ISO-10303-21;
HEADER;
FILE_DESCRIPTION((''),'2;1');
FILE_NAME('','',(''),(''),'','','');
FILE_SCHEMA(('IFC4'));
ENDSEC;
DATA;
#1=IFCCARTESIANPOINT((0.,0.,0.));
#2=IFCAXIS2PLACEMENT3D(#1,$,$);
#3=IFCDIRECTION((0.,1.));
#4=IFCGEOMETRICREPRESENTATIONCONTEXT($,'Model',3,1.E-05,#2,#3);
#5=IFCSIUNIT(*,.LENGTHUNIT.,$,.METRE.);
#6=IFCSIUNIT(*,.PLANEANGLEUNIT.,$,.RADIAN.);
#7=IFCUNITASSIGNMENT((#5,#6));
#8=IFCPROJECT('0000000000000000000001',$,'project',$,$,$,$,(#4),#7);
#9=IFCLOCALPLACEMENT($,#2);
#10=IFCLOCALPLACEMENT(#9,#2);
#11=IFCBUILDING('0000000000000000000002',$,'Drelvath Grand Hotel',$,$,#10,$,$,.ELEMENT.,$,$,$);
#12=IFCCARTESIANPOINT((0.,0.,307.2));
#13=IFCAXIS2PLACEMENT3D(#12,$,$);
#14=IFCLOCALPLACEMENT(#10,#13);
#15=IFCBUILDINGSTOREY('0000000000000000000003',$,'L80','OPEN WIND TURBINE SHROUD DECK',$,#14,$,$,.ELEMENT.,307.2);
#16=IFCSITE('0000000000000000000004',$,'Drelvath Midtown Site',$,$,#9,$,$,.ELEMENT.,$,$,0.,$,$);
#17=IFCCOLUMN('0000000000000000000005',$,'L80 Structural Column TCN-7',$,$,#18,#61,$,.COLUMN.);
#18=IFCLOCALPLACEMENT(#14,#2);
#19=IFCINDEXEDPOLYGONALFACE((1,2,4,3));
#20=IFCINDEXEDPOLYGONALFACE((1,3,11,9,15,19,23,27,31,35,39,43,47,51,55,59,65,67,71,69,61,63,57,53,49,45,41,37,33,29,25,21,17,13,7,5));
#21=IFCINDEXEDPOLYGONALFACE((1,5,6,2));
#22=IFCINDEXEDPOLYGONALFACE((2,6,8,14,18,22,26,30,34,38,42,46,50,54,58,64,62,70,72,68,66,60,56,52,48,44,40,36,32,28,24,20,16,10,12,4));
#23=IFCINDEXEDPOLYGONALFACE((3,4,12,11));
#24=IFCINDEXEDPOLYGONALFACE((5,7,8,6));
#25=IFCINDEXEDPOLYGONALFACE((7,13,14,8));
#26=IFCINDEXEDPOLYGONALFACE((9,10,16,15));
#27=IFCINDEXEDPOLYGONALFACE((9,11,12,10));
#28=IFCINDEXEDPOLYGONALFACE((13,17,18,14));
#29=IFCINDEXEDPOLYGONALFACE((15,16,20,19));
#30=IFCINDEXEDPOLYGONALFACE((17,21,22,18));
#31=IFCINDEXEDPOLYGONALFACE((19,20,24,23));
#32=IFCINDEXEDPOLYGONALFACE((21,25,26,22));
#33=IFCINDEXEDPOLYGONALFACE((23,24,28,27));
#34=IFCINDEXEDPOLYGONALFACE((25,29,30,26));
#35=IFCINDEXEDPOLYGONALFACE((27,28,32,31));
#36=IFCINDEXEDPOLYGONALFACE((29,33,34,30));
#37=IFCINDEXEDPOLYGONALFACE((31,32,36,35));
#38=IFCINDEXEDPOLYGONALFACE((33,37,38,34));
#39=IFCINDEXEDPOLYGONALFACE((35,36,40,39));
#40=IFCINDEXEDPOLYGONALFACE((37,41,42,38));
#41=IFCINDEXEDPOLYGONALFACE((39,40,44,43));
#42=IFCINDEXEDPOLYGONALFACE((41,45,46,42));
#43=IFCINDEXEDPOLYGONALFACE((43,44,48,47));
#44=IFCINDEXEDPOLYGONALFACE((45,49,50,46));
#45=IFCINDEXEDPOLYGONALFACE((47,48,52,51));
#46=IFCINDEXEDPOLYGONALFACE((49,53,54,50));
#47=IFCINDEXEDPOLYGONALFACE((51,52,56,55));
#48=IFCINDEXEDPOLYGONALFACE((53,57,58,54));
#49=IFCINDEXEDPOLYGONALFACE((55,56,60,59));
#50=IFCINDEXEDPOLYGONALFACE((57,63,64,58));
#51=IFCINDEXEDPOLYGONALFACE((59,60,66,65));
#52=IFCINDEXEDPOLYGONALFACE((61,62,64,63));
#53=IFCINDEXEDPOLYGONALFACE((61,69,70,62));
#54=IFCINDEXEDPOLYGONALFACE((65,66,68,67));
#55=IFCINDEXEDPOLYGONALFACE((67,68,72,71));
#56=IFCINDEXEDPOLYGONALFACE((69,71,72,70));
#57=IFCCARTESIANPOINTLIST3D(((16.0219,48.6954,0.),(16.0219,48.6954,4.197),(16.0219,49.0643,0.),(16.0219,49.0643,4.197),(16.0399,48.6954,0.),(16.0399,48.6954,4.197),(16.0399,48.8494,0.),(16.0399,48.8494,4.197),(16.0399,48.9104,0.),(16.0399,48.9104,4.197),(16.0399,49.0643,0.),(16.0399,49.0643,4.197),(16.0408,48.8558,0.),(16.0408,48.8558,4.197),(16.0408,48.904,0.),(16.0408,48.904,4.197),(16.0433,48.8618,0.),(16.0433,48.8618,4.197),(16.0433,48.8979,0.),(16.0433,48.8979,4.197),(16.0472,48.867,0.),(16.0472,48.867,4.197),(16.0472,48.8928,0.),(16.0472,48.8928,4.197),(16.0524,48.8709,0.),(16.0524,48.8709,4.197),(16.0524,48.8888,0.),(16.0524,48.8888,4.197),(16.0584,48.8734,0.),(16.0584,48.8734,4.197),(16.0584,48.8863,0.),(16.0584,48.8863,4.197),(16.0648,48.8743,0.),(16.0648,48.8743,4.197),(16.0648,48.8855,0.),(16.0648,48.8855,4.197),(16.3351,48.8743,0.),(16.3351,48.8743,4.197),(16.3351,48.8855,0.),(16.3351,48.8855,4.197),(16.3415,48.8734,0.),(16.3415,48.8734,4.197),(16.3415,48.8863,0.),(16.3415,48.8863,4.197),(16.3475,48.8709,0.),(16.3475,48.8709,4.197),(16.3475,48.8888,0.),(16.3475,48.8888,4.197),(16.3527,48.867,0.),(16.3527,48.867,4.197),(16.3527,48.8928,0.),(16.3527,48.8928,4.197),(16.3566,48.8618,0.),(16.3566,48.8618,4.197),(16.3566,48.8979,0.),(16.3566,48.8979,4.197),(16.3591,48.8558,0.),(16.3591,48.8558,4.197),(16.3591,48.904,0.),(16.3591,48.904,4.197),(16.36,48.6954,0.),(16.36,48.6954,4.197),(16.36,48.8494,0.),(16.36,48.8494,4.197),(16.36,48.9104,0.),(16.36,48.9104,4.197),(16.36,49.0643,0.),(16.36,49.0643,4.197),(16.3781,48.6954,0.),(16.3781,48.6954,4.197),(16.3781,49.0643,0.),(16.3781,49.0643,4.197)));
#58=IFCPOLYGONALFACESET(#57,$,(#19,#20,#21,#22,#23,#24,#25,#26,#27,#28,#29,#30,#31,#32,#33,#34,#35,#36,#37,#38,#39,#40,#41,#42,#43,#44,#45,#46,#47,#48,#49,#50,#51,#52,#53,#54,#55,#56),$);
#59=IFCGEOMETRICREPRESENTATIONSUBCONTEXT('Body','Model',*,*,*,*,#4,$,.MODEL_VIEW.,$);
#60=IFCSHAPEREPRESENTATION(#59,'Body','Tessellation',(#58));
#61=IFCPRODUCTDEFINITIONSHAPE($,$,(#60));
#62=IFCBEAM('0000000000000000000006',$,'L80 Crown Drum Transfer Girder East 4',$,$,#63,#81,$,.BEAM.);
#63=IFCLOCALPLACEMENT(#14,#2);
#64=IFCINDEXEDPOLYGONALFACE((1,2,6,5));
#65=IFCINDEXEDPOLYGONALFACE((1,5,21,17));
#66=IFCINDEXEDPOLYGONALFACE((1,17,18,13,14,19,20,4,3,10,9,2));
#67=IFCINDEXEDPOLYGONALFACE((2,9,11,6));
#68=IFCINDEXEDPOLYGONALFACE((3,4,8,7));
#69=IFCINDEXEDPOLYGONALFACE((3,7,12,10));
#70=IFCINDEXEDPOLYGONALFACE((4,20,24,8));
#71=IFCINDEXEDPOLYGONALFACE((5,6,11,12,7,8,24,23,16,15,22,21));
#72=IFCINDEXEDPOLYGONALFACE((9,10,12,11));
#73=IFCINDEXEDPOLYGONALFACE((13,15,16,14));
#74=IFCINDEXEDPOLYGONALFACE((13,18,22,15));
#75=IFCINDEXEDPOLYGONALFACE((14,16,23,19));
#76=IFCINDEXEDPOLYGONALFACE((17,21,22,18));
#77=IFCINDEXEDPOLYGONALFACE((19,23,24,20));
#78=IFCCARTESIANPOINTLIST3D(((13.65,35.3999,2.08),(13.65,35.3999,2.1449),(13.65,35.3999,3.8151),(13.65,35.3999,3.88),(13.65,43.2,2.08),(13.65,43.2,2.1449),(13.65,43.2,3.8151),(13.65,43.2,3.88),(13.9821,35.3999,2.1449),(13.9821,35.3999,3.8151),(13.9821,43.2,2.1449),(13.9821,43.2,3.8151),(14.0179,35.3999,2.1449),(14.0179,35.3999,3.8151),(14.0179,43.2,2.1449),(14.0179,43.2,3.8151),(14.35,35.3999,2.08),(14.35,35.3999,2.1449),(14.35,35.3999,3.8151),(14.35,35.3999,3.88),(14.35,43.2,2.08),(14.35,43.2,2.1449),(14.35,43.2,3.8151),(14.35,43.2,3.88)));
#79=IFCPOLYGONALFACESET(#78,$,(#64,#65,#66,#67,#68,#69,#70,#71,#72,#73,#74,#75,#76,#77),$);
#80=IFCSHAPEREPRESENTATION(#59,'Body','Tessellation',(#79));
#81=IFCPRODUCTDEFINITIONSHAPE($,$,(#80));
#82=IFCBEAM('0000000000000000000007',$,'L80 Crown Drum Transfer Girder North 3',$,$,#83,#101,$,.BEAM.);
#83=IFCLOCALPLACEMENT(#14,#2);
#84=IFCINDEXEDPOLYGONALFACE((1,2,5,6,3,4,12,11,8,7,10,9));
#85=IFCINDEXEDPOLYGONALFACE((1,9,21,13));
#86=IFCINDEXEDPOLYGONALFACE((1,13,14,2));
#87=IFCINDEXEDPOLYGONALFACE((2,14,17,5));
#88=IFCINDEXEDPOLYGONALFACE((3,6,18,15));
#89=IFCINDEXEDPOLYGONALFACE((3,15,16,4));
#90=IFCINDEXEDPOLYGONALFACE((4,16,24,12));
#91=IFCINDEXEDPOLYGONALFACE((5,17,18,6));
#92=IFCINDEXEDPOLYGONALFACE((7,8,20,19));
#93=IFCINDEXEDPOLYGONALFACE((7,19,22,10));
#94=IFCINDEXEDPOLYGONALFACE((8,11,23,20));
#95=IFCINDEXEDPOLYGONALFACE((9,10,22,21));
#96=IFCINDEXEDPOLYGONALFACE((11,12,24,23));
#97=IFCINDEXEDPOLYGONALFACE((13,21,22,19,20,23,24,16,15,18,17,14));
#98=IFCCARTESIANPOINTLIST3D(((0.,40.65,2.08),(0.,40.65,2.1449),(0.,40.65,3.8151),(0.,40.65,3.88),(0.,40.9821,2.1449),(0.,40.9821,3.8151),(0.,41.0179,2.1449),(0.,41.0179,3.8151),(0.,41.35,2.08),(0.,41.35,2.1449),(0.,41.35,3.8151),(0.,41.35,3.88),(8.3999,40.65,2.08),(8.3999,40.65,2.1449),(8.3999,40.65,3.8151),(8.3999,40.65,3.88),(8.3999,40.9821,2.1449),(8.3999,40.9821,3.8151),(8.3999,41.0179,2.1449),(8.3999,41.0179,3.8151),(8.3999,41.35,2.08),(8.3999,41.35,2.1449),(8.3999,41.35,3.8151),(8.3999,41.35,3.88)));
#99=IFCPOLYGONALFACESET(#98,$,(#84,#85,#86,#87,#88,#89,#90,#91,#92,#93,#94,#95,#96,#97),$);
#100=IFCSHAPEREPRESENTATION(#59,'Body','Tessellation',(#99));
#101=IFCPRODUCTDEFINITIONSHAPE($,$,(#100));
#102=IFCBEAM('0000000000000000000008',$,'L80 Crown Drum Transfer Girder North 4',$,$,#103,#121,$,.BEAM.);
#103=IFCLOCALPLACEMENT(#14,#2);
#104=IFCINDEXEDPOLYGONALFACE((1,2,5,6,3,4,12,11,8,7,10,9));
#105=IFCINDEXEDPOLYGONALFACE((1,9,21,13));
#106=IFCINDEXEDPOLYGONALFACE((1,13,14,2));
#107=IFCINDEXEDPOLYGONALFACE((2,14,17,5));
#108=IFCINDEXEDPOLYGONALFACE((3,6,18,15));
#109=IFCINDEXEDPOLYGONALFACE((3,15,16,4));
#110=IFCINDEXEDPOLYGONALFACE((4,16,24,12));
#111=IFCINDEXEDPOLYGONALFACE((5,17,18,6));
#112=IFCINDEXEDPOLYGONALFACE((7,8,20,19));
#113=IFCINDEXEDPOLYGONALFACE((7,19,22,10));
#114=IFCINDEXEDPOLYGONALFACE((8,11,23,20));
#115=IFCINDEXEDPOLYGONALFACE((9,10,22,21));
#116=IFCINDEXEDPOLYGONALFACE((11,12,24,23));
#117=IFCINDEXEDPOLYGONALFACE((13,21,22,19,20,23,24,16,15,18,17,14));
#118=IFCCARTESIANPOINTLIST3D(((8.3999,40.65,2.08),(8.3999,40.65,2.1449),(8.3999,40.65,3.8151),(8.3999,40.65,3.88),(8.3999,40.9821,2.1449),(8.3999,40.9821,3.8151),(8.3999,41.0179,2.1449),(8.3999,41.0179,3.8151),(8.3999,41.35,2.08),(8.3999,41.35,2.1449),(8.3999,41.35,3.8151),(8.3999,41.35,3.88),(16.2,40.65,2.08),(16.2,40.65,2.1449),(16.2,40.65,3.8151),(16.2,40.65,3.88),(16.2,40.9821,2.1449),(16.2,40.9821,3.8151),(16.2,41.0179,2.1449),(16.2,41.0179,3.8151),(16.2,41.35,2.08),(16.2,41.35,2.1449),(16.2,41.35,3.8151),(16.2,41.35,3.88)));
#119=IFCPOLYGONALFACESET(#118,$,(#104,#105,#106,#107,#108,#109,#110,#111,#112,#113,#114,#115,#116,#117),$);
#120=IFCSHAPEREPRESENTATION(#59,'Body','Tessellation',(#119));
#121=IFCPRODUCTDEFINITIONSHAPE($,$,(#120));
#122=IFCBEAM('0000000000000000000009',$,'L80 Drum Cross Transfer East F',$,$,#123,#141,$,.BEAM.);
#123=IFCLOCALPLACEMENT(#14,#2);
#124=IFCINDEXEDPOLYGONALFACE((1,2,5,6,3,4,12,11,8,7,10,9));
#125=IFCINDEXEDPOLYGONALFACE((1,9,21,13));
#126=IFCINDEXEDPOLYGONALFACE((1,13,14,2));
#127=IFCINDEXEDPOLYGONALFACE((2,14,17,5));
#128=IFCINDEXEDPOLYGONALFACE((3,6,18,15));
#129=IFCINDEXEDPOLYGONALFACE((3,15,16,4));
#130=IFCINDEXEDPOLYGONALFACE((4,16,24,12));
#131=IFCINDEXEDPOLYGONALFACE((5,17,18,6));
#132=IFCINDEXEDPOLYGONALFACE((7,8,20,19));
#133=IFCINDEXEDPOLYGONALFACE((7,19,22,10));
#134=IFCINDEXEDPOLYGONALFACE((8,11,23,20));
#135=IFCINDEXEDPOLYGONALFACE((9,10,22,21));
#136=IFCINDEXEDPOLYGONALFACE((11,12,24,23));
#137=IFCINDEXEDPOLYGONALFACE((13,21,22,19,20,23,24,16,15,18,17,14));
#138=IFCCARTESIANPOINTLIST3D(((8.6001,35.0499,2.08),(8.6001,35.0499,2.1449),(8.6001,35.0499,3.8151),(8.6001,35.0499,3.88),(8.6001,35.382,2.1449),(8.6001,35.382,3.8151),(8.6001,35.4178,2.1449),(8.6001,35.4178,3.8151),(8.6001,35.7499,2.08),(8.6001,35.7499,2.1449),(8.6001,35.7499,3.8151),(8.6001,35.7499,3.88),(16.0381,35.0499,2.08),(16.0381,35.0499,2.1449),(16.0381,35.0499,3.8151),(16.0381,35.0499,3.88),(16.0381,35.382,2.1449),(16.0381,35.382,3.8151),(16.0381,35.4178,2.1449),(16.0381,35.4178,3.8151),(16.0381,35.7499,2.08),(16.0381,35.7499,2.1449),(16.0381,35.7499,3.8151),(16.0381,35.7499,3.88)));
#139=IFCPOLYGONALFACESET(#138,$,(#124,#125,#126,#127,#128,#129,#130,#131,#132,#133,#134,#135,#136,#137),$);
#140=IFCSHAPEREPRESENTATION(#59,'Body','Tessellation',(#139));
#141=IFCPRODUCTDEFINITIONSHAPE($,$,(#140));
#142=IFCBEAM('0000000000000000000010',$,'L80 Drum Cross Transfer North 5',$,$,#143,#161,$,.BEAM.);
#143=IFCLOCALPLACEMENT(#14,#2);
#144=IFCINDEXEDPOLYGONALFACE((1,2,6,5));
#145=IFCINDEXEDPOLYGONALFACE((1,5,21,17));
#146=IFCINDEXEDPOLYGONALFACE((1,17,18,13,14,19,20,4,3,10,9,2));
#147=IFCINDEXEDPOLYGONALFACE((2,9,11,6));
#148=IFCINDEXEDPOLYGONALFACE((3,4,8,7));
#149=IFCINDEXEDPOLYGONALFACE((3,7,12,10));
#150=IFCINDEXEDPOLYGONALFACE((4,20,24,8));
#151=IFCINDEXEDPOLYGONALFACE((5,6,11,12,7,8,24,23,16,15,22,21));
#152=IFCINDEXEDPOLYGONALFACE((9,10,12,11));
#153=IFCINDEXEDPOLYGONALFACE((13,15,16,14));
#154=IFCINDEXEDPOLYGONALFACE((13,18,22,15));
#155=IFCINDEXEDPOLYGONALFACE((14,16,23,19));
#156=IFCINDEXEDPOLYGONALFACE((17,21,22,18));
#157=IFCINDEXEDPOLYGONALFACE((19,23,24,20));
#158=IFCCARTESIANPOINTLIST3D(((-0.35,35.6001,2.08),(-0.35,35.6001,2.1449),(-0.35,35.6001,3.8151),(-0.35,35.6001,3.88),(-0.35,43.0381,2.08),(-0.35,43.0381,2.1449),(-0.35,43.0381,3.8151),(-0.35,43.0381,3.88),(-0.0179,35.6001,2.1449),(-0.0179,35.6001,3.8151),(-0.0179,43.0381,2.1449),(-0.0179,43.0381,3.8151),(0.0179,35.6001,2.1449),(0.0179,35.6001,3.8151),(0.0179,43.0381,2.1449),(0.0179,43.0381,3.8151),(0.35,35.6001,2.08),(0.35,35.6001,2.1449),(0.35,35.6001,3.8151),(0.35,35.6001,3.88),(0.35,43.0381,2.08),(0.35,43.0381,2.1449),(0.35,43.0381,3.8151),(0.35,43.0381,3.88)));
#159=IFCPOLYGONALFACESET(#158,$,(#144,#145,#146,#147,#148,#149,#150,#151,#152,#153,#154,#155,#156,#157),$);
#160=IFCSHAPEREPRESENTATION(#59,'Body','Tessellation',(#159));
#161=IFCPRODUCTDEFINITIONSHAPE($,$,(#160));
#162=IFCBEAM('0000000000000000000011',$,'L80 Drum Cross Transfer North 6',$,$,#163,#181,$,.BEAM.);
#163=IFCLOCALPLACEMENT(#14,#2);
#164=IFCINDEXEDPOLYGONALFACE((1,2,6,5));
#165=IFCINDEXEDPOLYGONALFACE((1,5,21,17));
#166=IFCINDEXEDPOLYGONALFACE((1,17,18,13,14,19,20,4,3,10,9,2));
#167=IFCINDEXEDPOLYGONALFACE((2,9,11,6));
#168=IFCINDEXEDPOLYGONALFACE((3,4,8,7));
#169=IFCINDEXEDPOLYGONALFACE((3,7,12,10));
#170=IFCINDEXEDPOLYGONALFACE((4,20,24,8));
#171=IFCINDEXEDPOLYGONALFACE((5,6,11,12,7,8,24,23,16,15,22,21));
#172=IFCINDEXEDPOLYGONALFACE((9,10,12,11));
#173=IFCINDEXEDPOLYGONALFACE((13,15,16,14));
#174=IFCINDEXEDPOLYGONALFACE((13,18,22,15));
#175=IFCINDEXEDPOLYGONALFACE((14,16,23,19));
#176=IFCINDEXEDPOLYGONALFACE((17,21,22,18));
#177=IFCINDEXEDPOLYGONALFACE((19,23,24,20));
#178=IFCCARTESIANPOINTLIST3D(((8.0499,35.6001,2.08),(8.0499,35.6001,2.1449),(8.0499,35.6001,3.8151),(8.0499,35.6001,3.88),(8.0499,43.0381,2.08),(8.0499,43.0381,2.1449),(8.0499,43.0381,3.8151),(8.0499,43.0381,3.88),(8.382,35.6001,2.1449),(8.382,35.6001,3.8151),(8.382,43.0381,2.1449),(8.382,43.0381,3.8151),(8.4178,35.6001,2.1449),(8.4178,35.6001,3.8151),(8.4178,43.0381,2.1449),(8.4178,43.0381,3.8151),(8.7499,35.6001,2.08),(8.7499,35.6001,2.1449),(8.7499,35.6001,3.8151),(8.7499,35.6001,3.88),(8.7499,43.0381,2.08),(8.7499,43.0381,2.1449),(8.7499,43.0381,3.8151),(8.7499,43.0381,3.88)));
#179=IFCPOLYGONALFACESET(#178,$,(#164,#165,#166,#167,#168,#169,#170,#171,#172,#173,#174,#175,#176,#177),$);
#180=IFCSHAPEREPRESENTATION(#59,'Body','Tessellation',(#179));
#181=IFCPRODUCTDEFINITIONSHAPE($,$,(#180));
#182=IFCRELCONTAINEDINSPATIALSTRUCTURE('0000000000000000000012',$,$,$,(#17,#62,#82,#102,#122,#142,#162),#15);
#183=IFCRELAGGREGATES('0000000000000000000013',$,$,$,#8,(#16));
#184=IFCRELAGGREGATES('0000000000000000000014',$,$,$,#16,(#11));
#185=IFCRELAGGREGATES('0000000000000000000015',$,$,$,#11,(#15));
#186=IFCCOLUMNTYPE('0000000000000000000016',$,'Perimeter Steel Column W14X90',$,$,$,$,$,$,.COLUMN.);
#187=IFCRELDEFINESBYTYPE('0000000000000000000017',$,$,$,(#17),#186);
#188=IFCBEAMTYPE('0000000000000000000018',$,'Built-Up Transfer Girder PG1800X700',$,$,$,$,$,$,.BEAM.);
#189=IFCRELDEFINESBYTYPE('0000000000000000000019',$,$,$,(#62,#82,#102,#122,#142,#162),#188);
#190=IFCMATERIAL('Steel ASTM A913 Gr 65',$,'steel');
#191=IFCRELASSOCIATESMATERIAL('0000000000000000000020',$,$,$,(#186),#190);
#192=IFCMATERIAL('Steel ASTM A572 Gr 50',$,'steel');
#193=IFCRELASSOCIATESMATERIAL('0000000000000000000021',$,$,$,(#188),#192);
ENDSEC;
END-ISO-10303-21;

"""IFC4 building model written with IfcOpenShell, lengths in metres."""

from ifc_helpers import new_model, si_unit, direction, frame, origin, origin_2d, place, context, subcontext, project, spatial, i_section, extrude, material, material_profile, profile_set, type_object, element, save


model = new_model("IFC4")

# Units and contexts
model_context = context("Model", 3, precision=1e-05, world=origin(), true_north=direction((0.0, 1.0)))
body_context = subcontext(model_context, "Body", "Model", "MODEL_VIEW")
ifc_project = project(units=[si_unit("LENGTHUNIT", "METRE"), si_unit("PLANEANGLEUNIT", "RADIAN")], contexts=[model_context])

# Site, building, storey
site_placement = place(None, origin())
site = spatial("IfcSite", under=ifc_project, at=site_placement, Name="Drelvath Midtown Site", CompositionType="ELEMENT", RefElevation=0.0)
building_placement = place(site_placement, origin())
building = spatial("IfcBuilding", under=site, at=building_placement, Name="Drelvath Grand Hotel", CompositionType="ELEMENT")
storey_placement = place(building_placement, frame((0.0, 0.0, 307.2)))
storey = spatial("IfcBuildingStorey", under=building, at=storey_placement, Name="L80", Description="OPEN WIND TURBINE SHROUD DECK", CompositionType="ELEMENT", Elevation=307.2)

# Column
ifc_material_1 = material(Name="Steel ASTM A913 Gr 65", Category="steel")
ifc_material_profile_1 = material_profile(ifc_material_1, i_section(OverallWidth=0.3689, OverallDepth=0.3562, WebThickness=0.0112, FlangeThickness=0.0181, FilletRadius=0.0249, at=origin_2d()), Name="W14X90")
ifc_profile_set_1 = profile_set([ifc_material_profile_1], Name="Steel ASTM A913 Gr 65")
column_type_1 = type_object("IfcColumnType", Name="Perimeter Steel Column W14X90", PredefinedType="COLUMN", material=ifc_profile_set_1)
for number, where, z_axis, x_axis, name in (
    (1, (16.2, 48.8799, 0.0), (0.0, 0.0, 1.0), (0.0, 1.0, 0.0), "L80 Structural Column TCN-7"),
):
    element("IfcColumn", number, at=place(storey_placement, frame(where, z_axis=z_axis, x_axis=x_axis)), inside=storey, type_object=column_type_1, Name=name, PredefinedType="COLUMN", context=body_context, shape_type="SweptSolid", body=[
        extrude(i_section(OverallWidth=0.3689, OverallDepth=0.3562, WebThickness=0.0112, FlangeThickness=0.0181, FilletRadius=0.0249, at=origin_2d()), origin(), (0.0, 0.0, 1.0), 4.197),
    ])

# Beams
ifc_material_2 = material(Name="Steel ASTM A572 Gr 50", Category="steel")
ifc_material_profile_2 = material_profile(ifc_material_2, i_section(OverallWidth=0.7, OverallDepth=1.8, WebThickness=0.0359, FlangeThickness=0.0649, at=origin_2d()), Name="PG1800X700")
ifc_profile_set_2 = profile_set([ifc_material_profile_2], Name="Steel ASTM A572 Gr 50")
beam_type_1 = type_object("IfcBeamType", Name="Built-Up Transfer Girder PG1800X700", PredefinedType="BEAM", material=ifc_profile_set_2)
beam_1_placement = place(storey_placement, frame((14.0, 35.3999, 2.98), z_axis=(0.0, 1.0, 0.0), x_axis=(-1.0, 0.0, 0.0)))
element("IfcBeam", 2, at=beam_1_placement, inside=storey, type_object=beam_type_1, Name="L80 Crown Drum Transfer Girder East 4", PredefinedType="BEAM", context=body_context, shape_type="SweptSolid", body=[
    extrude(i_section(OverallWidth=0.7, OverallDepth=1.8, WebThickness=0.0359, FlangeThickness=0.0649, at=origin_2d()), origin(), (0.0, 0.0, 1.0), 7.8),
])
beam_2_placement = place(storey_placement, frame((0.0, 41.0, 2.98), z_axis=(1.0, 0.0, 0.0), x_axis=(0.0, 1.0, 0.0)))
element("IfcBeam", 3, at=beam_2_placement, inside=storey, type_object=beam_type_1, Name="L80 Crown Drum Transfer Girder North 3", PredefinedType="BEAM", context=body_context, shape_type="SweptSolid", body=[
    extrude(i_section(OverallWidth=0.7, OverallDepth=1.8, WebThickness=0.0359, FlangeThickness=0.0649, at=origin_2d()), origin(), (0.0, 0.0, 1.0), 8.3999),
])
beam_3_placement = place(storey_placement, frame((8.3999, 41.0, 2.98), z_axis=(1.0, 0.0, 0.0), x_axis=(0.0, 1.0, 0.0)))
element("IfcBeam", 4, at=beam_3_placement, inside=storey, type_object=beam_type_1, Name="L80 Crown Drum Transfer Girder North 4", PredefinedType="BEAM", context=body_context, shape_type="SweptSolid", body=[
    extrude(i_section(OverallWidth=0.7, OverallDepth=1.8, WebThickness=0.0359, FlangeThickness=0.0649, at=origin_2d()), origin(), (0.0, 0.0, 1.0), 7.8),
])
for number, where, z_axis, x_axis, name in (
    (5, (8.6001, 35.3999, 2.98), (1.0, 0.0, 0.0), (0.0, 1.0, 0.0), "L80 Drum Cross Transfer East F"),
    (6, (0.0, 35.6001, 2.98), (0.0, 1.0, 0.0), (-1.0, 0.0, 0.0), "L80 Drum Cross Transfer North 5"),
    (7, (8.3999, 35.6001, 2.98), (0.0, 1.0, 0.0), (-1.0, 0.0, 0.0), "L80 Drum Cross Transfer North 6"),
):
    element("IfcBeam", number, at=place(storey_placement, frame(where, z_axis=z_axis, x_axis=x_axis)), inside=storey, type_object=beam_type_1, Name=name, PredefinedType="BEAM", context=body_context, shape_type="SweptSolid", body=[
        extrude(i_section(OverallWidth=0.7, OverallDepth=1.8, WebThickness=0.0359, FlangeThickness=0.0649, at=origin_2d()), origin(), (0.0, 0.0, 1.0), 7.438),
    ])

save(model, "model.ifc")
